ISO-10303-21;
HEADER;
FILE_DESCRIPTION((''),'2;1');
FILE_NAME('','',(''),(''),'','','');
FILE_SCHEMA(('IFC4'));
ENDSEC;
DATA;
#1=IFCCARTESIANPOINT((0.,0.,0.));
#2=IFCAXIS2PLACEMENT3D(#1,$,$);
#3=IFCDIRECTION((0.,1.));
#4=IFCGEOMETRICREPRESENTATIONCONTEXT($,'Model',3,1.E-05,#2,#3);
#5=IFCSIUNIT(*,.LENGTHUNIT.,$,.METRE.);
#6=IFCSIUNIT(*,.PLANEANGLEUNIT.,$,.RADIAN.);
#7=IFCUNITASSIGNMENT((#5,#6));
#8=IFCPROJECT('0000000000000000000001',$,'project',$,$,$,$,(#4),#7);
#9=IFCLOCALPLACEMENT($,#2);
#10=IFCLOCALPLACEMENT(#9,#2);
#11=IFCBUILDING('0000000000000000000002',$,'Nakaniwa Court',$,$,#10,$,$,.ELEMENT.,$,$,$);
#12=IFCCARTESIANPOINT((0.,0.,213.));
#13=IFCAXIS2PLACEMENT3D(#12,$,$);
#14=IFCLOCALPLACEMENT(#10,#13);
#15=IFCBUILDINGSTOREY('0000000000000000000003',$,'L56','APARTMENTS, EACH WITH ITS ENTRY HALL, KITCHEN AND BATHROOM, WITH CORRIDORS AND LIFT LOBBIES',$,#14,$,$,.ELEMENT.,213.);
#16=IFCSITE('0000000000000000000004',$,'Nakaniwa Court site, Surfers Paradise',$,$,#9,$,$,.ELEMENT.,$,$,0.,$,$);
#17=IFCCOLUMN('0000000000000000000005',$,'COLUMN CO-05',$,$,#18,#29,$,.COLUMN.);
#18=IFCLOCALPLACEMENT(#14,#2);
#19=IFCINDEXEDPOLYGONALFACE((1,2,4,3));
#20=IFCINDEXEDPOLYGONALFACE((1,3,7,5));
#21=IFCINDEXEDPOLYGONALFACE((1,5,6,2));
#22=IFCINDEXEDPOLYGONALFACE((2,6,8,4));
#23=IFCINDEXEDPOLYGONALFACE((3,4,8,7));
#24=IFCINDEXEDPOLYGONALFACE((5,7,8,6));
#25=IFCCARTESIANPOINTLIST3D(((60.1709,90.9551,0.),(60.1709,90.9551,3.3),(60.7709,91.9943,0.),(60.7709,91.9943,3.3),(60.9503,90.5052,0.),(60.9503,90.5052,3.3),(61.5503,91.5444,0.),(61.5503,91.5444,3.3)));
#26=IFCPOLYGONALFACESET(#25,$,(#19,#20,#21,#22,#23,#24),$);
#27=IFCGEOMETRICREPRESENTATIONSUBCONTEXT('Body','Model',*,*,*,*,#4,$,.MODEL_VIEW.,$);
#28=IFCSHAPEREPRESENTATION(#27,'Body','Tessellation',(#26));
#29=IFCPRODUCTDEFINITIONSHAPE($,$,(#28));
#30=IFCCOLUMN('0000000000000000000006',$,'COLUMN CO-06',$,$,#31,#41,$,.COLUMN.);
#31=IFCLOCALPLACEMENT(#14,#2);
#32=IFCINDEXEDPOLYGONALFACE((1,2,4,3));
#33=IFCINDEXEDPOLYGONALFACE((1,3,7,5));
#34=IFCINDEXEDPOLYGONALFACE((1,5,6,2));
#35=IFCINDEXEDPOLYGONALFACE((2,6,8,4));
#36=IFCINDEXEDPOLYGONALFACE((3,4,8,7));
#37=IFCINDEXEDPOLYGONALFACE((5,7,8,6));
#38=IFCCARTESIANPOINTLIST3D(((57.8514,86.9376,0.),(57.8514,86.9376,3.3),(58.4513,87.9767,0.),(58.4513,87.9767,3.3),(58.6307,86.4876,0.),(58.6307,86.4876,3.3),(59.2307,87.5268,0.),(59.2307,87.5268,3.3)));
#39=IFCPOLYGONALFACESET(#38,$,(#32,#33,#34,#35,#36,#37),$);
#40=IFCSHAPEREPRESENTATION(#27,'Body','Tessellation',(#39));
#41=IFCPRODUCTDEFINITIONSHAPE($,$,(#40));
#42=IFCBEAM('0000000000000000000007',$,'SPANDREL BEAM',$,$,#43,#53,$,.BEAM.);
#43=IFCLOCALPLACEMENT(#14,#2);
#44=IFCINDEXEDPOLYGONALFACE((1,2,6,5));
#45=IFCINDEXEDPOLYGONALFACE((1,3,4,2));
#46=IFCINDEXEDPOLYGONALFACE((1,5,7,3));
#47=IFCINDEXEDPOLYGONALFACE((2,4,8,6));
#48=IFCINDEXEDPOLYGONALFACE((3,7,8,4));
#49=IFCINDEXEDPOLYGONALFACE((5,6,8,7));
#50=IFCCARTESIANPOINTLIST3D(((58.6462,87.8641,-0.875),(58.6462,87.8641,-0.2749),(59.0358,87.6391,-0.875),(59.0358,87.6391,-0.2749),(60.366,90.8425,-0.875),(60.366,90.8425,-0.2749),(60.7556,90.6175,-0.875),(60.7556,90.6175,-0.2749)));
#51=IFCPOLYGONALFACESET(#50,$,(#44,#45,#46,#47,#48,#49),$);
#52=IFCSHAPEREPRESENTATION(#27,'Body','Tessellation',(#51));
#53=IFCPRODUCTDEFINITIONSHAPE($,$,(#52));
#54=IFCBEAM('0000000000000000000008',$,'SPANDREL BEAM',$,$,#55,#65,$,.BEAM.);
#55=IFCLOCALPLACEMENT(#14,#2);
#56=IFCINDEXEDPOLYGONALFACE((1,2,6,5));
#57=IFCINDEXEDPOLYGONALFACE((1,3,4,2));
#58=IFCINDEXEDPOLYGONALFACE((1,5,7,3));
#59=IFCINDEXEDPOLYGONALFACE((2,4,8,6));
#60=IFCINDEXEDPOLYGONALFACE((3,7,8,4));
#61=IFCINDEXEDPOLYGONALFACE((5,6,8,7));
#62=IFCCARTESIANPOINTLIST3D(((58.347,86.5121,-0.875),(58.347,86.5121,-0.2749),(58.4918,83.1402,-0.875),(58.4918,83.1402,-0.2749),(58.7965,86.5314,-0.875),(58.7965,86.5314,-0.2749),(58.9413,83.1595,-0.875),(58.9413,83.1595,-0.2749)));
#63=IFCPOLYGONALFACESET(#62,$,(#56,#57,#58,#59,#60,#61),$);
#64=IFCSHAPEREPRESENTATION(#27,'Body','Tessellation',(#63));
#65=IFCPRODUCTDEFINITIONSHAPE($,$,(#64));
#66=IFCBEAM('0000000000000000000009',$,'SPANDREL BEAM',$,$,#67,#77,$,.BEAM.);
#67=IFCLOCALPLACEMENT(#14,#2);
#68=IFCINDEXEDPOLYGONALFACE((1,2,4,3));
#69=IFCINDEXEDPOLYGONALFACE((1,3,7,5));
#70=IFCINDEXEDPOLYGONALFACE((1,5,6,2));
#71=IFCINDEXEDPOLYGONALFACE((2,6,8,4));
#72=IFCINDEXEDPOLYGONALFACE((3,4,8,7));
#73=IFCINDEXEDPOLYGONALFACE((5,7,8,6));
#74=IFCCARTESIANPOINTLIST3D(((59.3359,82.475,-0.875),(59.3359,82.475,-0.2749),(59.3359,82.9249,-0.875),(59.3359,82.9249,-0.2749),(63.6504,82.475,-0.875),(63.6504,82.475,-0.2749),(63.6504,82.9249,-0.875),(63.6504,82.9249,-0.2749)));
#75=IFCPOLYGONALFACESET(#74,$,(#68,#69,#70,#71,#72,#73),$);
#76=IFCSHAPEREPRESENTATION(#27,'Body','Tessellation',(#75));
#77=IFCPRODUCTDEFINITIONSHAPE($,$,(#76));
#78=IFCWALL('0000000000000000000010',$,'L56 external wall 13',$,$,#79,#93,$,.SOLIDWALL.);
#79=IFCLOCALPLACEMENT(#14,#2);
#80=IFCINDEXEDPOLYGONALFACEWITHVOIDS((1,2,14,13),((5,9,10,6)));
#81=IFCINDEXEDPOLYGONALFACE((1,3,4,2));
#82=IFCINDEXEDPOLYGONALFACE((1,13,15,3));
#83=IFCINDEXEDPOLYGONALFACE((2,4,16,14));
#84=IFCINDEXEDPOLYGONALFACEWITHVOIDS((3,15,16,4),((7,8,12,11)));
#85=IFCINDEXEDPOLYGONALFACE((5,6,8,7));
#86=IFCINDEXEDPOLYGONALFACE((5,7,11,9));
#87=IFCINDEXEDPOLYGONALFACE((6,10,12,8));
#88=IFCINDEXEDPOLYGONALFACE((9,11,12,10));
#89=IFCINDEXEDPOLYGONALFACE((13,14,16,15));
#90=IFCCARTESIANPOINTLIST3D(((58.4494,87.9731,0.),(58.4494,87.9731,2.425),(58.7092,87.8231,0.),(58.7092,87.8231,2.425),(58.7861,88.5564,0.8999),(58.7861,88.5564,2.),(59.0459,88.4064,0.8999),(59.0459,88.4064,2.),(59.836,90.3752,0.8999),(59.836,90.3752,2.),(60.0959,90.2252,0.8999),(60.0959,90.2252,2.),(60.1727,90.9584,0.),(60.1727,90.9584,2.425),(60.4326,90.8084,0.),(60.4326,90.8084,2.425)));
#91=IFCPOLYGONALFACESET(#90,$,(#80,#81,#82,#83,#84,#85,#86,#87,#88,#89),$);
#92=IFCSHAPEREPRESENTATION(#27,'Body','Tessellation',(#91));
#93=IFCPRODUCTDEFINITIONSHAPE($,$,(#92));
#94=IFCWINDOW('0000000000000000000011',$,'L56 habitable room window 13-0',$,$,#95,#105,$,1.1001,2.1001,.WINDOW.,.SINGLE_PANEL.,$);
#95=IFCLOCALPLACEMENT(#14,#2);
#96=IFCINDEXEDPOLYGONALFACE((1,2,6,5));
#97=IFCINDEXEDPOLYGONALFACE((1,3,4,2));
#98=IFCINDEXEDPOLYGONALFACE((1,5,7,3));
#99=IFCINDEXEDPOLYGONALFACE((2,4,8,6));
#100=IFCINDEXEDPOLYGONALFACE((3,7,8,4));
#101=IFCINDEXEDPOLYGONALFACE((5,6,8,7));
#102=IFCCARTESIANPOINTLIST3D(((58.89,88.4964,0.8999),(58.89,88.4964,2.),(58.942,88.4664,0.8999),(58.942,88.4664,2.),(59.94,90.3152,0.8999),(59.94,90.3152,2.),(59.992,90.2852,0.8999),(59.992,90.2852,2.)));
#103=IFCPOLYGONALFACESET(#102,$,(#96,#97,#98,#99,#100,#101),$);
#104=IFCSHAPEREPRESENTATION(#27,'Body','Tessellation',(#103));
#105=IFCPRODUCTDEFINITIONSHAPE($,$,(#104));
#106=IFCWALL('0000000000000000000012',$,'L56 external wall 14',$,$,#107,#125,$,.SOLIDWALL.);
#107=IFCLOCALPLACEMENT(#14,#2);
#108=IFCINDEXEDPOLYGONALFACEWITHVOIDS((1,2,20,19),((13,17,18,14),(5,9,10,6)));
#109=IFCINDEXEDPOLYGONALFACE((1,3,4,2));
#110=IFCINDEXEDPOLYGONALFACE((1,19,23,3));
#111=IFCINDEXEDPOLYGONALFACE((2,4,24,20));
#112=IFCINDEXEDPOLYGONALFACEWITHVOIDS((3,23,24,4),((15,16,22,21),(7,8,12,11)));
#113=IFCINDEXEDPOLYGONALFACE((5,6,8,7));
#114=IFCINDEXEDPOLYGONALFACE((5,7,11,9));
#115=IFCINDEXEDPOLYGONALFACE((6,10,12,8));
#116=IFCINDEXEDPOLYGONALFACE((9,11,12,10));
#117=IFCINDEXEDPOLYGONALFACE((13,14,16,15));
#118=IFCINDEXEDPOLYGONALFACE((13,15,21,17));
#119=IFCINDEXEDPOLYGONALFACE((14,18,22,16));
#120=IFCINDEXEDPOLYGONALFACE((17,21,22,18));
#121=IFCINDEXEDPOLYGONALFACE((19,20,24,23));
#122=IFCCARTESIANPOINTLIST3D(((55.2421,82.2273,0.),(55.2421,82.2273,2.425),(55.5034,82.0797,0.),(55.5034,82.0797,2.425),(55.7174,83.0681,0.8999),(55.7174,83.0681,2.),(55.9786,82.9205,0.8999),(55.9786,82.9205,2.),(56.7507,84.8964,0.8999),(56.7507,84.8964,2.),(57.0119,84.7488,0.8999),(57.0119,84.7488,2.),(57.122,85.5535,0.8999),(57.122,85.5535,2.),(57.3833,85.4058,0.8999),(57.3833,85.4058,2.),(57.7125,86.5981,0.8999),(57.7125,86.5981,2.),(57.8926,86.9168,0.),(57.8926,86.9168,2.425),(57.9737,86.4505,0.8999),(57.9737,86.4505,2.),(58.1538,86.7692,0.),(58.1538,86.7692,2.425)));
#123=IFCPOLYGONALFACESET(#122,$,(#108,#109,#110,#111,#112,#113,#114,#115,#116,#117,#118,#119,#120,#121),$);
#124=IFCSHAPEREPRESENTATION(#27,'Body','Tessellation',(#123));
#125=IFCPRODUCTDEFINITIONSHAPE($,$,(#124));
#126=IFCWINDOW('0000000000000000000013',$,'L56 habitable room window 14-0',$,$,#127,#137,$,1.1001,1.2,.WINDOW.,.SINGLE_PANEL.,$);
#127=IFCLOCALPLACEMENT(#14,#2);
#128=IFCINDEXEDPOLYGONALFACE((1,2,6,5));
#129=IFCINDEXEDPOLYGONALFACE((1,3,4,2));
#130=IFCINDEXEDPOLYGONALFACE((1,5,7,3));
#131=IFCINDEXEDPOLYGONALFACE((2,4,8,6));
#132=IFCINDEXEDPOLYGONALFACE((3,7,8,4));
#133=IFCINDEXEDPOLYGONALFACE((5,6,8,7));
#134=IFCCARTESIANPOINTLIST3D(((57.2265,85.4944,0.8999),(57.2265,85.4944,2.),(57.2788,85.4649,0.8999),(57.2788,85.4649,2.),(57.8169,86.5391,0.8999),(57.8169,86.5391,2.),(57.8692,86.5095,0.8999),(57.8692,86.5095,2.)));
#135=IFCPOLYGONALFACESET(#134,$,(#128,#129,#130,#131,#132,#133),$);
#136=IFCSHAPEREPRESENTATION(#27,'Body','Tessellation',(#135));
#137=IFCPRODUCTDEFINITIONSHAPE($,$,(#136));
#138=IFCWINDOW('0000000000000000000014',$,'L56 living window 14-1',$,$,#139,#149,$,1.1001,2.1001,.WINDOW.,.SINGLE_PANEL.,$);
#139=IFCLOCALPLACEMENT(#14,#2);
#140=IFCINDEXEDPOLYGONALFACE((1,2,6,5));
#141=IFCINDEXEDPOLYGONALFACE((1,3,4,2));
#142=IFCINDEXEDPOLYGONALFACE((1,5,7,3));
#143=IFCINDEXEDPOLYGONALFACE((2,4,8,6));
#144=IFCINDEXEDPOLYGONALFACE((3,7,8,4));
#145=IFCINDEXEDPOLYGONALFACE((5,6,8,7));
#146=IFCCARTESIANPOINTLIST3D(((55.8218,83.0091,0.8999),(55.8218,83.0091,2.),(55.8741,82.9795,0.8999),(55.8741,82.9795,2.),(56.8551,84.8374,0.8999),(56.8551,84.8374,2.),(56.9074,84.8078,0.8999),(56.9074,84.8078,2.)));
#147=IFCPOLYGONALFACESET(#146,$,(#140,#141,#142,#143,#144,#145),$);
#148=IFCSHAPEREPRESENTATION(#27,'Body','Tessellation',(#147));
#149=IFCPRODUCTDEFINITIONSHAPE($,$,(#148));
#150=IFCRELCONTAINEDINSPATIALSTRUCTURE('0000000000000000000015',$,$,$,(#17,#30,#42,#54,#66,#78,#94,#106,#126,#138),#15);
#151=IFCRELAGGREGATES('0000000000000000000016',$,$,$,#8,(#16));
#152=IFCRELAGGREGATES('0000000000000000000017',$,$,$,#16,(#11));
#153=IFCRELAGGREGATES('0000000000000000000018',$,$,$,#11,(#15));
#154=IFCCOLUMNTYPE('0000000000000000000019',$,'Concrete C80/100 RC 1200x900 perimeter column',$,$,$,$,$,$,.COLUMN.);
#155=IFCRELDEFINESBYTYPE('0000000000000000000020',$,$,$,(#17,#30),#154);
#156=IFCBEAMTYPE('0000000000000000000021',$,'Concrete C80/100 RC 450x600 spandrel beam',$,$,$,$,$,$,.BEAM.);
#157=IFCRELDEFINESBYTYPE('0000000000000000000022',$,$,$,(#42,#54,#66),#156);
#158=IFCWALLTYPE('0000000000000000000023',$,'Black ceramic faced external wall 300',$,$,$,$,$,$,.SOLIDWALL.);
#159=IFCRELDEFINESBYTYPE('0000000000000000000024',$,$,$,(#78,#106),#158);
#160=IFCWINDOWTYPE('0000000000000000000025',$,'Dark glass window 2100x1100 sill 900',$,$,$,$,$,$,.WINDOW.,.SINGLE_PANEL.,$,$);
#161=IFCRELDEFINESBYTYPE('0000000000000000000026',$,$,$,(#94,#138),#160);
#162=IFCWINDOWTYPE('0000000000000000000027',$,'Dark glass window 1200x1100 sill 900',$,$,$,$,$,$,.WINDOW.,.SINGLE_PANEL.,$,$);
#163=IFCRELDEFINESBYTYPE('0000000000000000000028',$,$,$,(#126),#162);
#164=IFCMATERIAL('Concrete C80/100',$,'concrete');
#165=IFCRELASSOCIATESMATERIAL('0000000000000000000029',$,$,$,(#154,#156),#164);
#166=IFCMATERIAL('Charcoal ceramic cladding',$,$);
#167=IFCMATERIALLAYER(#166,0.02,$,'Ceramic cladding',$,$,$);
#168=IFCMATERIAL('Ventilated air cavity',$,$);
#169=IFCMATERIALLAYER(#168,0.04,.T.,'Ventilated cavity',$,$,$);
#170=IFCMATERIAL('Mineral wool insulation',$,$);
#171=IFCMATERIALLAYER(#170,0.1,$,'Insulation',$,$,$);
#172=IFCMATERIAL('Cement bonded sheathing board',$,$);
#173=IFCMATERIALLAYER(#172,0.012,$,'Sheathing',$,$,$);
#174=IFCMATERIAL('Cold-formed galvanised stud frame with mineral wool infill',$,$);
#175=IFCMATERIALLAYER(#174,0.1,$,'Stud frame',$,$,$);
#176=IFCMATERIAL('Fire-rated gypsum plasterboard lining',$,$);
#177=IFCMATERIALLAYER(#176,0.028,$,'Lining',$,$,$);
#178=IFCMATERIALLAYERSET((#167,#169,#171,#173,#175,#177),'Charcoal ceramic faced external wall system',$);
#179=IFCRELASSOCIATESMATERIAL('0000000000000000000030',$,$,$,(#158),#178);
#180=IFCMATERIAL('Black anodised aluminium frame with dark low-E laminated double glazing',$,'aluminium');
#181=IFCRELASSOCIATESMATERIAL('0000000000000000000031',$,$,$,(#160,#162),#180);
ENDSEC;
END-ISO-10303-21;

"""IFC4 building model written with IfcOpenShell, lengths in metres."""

from ifc_helpers import new_model, si_unit, direction, frame, frame_2d, origin, origin_2d, place, context, subcontext, project, spatial, rectangle, extrude, material, layer, layer_set, material_profile, profile_set, type_object, element, fill, save


model = new_model("IFC4")

# Units and contexts
model_context = context("Model", 3, precision=1e-05, world=origin(), true_north=direction((0.0, 1.0)))
body_context = subcontext(model_context, "Body", "Model", "MODEL_VIEW")
ifc_project = project(units=[si_unit("LENGTHUNIT", "METRE"), si_unit("PLANEANGLEUNIT", "RADIAN")], contexts=[model_context])

# Site, building, storey
site_placement = place(None, origin())
site = spatial("IfcSite", under=ifc_project, at=site_placement, Name="Nakaniwa Court site, Surfers Paradise", CompositionType="ELEMENT", RefElevation=0.0)
building_placement = place(site_placement, origin())
building = spatial("IfcBuilding", under=site, at=building_placement, Name="Nakaniwa Court", CompositionType="ELEMENT")
storey_placement = place(building_placement, frame((0.0, 0.0, 213.0)))
storey = spatial("IfcBuildingStorey", under=building, at=storey_placement, Name="L56", Description="APARTMENTS, EACH WITH ITS ENTRY HALL, KITCHEN AND BATHROOM, WITH CORRIDORS AND LIFT LOBBIES", CompositionType="ELEMENT", Elevation=213.0)

# Columns
ifc_material_1 = material(Name="Concrete C80/100", Category="concrete")
ifc_material_profile_1 = material_profile(ifc_material_1, rectangle(XDim=1.2, YDim=0.8999, at=origin_2d()), Name="Concrete C80/100 RC 1200x900 perimeter column")
ifc_profile_set_1 = profile_set([ifc_material_profile_1], Name="Concrete C80/100")
column_type = type_object("IfcColumnType", Name="Concrete C80/100 RC 1200x900 perimeter column", PredefinedType="COLUMN", material=ifc_profile_set_1)
for number, where, z_axis, x_axis, name in (
    (1, (60.8606, 91.2498, 0.0), (0.0, 0.0, 1.0), (-0.5, -0.866025, 0.0), "COLUMN CO-05"),
    (2, (58.541, 87.2322, 0.0), (0.0, 0.0, 1.0), (-0.5, -0.866025, 0.0), "COLUMN CO-06"),
):
    element("IfcColumn", number, at=place(storey_placement, frame(where, z_axis=z_axis, x_axis=x_axis)), inside=storey, type_object=column_type, Name=name, PredefinedType="COLUMN", context=body_context, shape_type="SweptSolid", body=[
        extrude(rectangle(XDim=1.2, YDim=0.8999, at=origin_2d()), origin(), (0.0, 0.0, 1.0), 3.3),
    ])

# Beams
ifc_material_profile_2 = material_profile(ifc_material_1, rectangle(XDim=0.45, YDim=0.6001, at=origin_2d()), Name="Concrete C80/100 RC 450x600 spandrel beam")
ifc_profile_set_2 = profile_set([ifc_material_profile_2], Name="Concrete C80/100")
beam_type = type_object("IfcBeamType", Name="Concrete C80/100 RC 450x600 spandrel beam", PredefinedType="BEAM", material=ifc_profile_set_2)
beam_1_placement = place(storey_placement, frame((60.5608, 90.73, -0.575), z_axis=(-0.500048, -0.865998, 0.0), x_axis=(0.865998, -0.500048, 0.0)))
element("IfcBeam", 3, at=beam_1_placement, inside=storey, type_object=beam_type, Name="SPANDREL BEAM", PredefinedType="BEAM", context=body_context, shape_type="SweptSolid", body=[
    extrude(rectangle(XDim=0.45, YDim=0.6001, at=origin_2d()), origin(), (0.0, 0.0, 1.0), 3.4392),
])
beam_2_placement = place(storey_placement, frame((58.5718, 86.5217, -0.575), z_axis=(0.042897, -0.999079, 0.0), x_axis=(0.999079, 0.042897, 0.0)))
element("IfcBeam", 4, at=beam_2_placement, inside=storey, type_object=beam_type, Name="SPANDREL BEAM", PredefinedType="BEAM", context=body_context, shape_type="SweptSolid", body=[
    extrude(rectangle(XDim=0.45, YDim=0.6001, at=origin_2d()), origin(), (0.0, 0.0, 1.0), 3.375),
])
beam_3_placement = place(storey_placement, frame((59.3359, 82.7, -0.575), z_axis=(1.0, 0.0, 0.0), x_axis=(0.0, 1.0, 0.0)))
element("IfcBeam", 5, at=beam_3_placement, inside=storey, type_object=beam_type, Name="SPANDREL BEAM", PredefinedType="BEAM", context=body_context, shape_type="SweptSolid", body=[
    extrude(rectangle(XDim=0.45, YDim=0.6001, at=origin_2d()), origin(), (0.0, 0.0, 1.0), 4.3145),
])

# Wall, opening, window
ifc_material_2 = material(Name="Charcoal ceramic cladding")
ifc_layer_1 = layer(ifc_material_2, 0.02, Name="Ceramic cladding")
ifc_material_3 = material(Name="Ventilated air cavity")
ifc_layer_2 = layer(ifc_material_3, 0.04, ventilated=True, Name="Ventilated cavity")
ifc_material_4 = material(Name="Mineral wool insulation")
ifc_layer_3 = layer(ifc_material_4, 0.1, Name="Insulation")
ifc_material_5 = material(Name="Cement bonded sheathing board")
ifc_layer_4 = layer(ifc_material_5, 0.012, Name="Sheathing")
ifc_material_6 = material(Name="Cold-formed galvanised stud frame with mineral wool infill")
ifc_layer_5 = layer(ifc_material_6, 0.1, Name="Stud frame")
ifc_material_7 = material(Name="Fire-rated gypsum plasterboard lining")
ifc_layer_6 = layer(ifc_material_7, 0.028, Name="Lining")
ifc_layer_set_1 = layer_set([ifc_layer_1, ifc_layer_2, ifc_layer_3, ifc_layer_4, ifc_layer_5, ifc_layer_6], Name="Charcoal ceramic faced external wall system")
wall_type_1 = type_object("IfcWallType", Name="Black ceramic faced external wall 300", PredefinedType="SOLIDWALL", material=ifc_layer_set_1)
wall_1_placement = place(storey_placement, frame((60.3027, 90.8835, 0.0), z_axis=(0.0, 0.0, 1.0), x_axis=(-0.499955, -0.866051, 0.0)))
wall_1 = element("IfcWall", 6, at=wall_1_placement, inside=storey, type_object=wall_type_1, Name="L56 external wall 13", PredefinedType="SOLIDWALL", context=body_context, shape_type="SweptSolid", body=[
    extrude(rectangle(XDim=3.447, YDim=0.3, at=frame_2d((1.7236, 0.0))), origin(), (0.0, 0.0, 1.0), 2.425),
])
opening_1_placement = place(wall_1_placement, frame((0.6736, 0.0, 0.8999)))
opening_1 = element("IfcOpeningElement", 7, at=opening_1_placement, cuts=wall_1, PredefinedType="OPENING", context=body_context, shape_type="SweptSolid", body=[
    extrude(rectangle(XDim=2.1001, YDim=1.1001, at=frame_2d((1.05, 0.55))), frame((0.0, 0.1599, 0.0), z_axis=(0.0, -1.0, 0.0), x_axis=(1.0, 0.0, 0.0)), (0.0, 0.0, 1.0), 0.3201),
])
ifc_material_8 = material(Name="Black anodised aluminium frame with dark low-E laminated double glazing", Category="aluminium")
window_type_1 = type_object("IfcWindowType", Name="Dark glass window 2100x1100 sill 900", PartitioningType="SINGLE_PANEL", PredefinedType="WINDOW", material=ifc_material_8)
window_1_placement = place(opening_1_placement, origin())
window_1 = element("IfcWindow", 8, at=window_1_placement, inside=storey, type_object=window_type_1, Name="L56 habitable room window 13-0", OverallHeight=1.1001, OverallWidth=2.1001, PartitioningType="SINGLE_PANEL", PredefinedType="WINDOW", context=body_context, shape_type="SweptSolid", body=[
    extrude(rectangle(XDim=2.1001, YDim=1.1001, at=frame_2d((1.05, 0.55))), frame((0.0, 0.03, 0.0), z_axis=(0.0, -1.0, 0.0), x_axis=(1.0, 0.0, 0.0)), (0.0, 0.0, 1.0), 0.0601),
])
fill(opening_1, window_1)

# Wall, openings, windows
wall_2_placement = place(storey_placement, frame((58.0232, 86.843, 0.0), z_axis=(0.0, 0.0, 1.0), x_axis=(-0.492033, -0.870576, 0.0)))
wall_2 = element("IfcWall", 9, at=wall_2_placement, inside=storey, type_object=wall_type_1, Name="L56 external wall 14", PredefinedType="SOLIDWALL", context=body_context, shape_type="SweptSolid", body=[
    extrude(rectangle(XDim=5.3867, YDim=0.3, at=frame_2d((2.6934, 0.0))), origin(), (0.0, 0.0, 1.0), 2.425),
])
opening_2_placement = place(wall_2_placement, frame((0.366, 0.0, 0.8999)))
opening_2 = element("IfcOpeningElement", 10, at=opening_2_placement, cuts=wall_2, PredefinedType="OPENING", context=body_context, shape_type="SweptSolid", body=[
    extrude(rectangle(XDim=1.2, YDim=1.1001, at=frame_2d((0.6001, 0.55))), frame((0.0, 0.1599, 0.0), z_axis=(0.0, -1.0, 0.0), x_axis=(1.0, 0.0, 0.0)), (0.0, 0.0, 1.0), 0.3201),
])
opening_3_placement = place(wall_2_placement, frame((2.3208, 0.0, 0.8999)))
opening_3 = element("IfcOpeningElement", 11, at=opening_3_placement, cuts=wall_2, PredefinedType="OPENING", context=body_context, shape_type="SweptSolid", body=[
    extrude(rectangle(XDim=2.1001, YDim=1.1001, at=frame_2d((1.05, 0.55))), frame((0.0, 0.1599, 0.0), z_axis=(0.0, -1.0, 0.0), x_axis=(1.0, 0.0, 0.0)), (0.0, 0.0, 1.0), 0.3201),
])
window_type_2 = type_object("IfcWindowType", Name="Dark glass window 1200x1100 sill 900", PartitioningType="SINGLE_PANEL", PredefinedType="WINDOW", material=ifc_material_8)
window_2_placement = place(opening_2_placement, origin())
window_2 = element("IfcWindow", 12, at=window_2_placement, inside=storey, type_object=window_type_2, Name="L56 habitable room window 14-0", OverallHeight=1.1001, OverallWidth=1.2, PartitioningType="SINGLE_PANEL", PredefinedType="WINDOW", context=body_context, shape_type="SweptSolid", body=[
    extrude(rectangle(XDim=1.2, YDim=1.1001, at=frame_2d((0.6001, 0.55))), frame((0.0, 0.03, 0.0), z_axis=(0.0, -1.0, 0.0), x_axis=(1.0, 0.0, 0.0)), (0.0, 0.0, 1.0), 0.0601),
])
fill(opening_2, window_2)
window_3_placement = place(opening_3_placement, origin())
window_3 = element("IfcWindow", 13, at=window_3_placement, inside=storey, type_object=window_type_1, Name="L56 living window 14-1", OverallHeight=1.1001, OverallWidth=2.1001, PartitioningType="SINGLE_PANEL", PredefinedType="WINDOW", context=body_context, shape_type="SweptSolid", body=[
    extrude(rectangle(XDim=2.1001, YDim=1.1001, at=frame_2d((1.05, 0.55))), frame((0.0, 0.03, 0.0), z_axis=(0.0, -1.0, 0.0), x_axis=(1.0, 0.0, 0.0)), (0.0, 0.0, 1.0), 0.0601),
])
fill(opening_3, window_3)

save(model, "model.ifc")
